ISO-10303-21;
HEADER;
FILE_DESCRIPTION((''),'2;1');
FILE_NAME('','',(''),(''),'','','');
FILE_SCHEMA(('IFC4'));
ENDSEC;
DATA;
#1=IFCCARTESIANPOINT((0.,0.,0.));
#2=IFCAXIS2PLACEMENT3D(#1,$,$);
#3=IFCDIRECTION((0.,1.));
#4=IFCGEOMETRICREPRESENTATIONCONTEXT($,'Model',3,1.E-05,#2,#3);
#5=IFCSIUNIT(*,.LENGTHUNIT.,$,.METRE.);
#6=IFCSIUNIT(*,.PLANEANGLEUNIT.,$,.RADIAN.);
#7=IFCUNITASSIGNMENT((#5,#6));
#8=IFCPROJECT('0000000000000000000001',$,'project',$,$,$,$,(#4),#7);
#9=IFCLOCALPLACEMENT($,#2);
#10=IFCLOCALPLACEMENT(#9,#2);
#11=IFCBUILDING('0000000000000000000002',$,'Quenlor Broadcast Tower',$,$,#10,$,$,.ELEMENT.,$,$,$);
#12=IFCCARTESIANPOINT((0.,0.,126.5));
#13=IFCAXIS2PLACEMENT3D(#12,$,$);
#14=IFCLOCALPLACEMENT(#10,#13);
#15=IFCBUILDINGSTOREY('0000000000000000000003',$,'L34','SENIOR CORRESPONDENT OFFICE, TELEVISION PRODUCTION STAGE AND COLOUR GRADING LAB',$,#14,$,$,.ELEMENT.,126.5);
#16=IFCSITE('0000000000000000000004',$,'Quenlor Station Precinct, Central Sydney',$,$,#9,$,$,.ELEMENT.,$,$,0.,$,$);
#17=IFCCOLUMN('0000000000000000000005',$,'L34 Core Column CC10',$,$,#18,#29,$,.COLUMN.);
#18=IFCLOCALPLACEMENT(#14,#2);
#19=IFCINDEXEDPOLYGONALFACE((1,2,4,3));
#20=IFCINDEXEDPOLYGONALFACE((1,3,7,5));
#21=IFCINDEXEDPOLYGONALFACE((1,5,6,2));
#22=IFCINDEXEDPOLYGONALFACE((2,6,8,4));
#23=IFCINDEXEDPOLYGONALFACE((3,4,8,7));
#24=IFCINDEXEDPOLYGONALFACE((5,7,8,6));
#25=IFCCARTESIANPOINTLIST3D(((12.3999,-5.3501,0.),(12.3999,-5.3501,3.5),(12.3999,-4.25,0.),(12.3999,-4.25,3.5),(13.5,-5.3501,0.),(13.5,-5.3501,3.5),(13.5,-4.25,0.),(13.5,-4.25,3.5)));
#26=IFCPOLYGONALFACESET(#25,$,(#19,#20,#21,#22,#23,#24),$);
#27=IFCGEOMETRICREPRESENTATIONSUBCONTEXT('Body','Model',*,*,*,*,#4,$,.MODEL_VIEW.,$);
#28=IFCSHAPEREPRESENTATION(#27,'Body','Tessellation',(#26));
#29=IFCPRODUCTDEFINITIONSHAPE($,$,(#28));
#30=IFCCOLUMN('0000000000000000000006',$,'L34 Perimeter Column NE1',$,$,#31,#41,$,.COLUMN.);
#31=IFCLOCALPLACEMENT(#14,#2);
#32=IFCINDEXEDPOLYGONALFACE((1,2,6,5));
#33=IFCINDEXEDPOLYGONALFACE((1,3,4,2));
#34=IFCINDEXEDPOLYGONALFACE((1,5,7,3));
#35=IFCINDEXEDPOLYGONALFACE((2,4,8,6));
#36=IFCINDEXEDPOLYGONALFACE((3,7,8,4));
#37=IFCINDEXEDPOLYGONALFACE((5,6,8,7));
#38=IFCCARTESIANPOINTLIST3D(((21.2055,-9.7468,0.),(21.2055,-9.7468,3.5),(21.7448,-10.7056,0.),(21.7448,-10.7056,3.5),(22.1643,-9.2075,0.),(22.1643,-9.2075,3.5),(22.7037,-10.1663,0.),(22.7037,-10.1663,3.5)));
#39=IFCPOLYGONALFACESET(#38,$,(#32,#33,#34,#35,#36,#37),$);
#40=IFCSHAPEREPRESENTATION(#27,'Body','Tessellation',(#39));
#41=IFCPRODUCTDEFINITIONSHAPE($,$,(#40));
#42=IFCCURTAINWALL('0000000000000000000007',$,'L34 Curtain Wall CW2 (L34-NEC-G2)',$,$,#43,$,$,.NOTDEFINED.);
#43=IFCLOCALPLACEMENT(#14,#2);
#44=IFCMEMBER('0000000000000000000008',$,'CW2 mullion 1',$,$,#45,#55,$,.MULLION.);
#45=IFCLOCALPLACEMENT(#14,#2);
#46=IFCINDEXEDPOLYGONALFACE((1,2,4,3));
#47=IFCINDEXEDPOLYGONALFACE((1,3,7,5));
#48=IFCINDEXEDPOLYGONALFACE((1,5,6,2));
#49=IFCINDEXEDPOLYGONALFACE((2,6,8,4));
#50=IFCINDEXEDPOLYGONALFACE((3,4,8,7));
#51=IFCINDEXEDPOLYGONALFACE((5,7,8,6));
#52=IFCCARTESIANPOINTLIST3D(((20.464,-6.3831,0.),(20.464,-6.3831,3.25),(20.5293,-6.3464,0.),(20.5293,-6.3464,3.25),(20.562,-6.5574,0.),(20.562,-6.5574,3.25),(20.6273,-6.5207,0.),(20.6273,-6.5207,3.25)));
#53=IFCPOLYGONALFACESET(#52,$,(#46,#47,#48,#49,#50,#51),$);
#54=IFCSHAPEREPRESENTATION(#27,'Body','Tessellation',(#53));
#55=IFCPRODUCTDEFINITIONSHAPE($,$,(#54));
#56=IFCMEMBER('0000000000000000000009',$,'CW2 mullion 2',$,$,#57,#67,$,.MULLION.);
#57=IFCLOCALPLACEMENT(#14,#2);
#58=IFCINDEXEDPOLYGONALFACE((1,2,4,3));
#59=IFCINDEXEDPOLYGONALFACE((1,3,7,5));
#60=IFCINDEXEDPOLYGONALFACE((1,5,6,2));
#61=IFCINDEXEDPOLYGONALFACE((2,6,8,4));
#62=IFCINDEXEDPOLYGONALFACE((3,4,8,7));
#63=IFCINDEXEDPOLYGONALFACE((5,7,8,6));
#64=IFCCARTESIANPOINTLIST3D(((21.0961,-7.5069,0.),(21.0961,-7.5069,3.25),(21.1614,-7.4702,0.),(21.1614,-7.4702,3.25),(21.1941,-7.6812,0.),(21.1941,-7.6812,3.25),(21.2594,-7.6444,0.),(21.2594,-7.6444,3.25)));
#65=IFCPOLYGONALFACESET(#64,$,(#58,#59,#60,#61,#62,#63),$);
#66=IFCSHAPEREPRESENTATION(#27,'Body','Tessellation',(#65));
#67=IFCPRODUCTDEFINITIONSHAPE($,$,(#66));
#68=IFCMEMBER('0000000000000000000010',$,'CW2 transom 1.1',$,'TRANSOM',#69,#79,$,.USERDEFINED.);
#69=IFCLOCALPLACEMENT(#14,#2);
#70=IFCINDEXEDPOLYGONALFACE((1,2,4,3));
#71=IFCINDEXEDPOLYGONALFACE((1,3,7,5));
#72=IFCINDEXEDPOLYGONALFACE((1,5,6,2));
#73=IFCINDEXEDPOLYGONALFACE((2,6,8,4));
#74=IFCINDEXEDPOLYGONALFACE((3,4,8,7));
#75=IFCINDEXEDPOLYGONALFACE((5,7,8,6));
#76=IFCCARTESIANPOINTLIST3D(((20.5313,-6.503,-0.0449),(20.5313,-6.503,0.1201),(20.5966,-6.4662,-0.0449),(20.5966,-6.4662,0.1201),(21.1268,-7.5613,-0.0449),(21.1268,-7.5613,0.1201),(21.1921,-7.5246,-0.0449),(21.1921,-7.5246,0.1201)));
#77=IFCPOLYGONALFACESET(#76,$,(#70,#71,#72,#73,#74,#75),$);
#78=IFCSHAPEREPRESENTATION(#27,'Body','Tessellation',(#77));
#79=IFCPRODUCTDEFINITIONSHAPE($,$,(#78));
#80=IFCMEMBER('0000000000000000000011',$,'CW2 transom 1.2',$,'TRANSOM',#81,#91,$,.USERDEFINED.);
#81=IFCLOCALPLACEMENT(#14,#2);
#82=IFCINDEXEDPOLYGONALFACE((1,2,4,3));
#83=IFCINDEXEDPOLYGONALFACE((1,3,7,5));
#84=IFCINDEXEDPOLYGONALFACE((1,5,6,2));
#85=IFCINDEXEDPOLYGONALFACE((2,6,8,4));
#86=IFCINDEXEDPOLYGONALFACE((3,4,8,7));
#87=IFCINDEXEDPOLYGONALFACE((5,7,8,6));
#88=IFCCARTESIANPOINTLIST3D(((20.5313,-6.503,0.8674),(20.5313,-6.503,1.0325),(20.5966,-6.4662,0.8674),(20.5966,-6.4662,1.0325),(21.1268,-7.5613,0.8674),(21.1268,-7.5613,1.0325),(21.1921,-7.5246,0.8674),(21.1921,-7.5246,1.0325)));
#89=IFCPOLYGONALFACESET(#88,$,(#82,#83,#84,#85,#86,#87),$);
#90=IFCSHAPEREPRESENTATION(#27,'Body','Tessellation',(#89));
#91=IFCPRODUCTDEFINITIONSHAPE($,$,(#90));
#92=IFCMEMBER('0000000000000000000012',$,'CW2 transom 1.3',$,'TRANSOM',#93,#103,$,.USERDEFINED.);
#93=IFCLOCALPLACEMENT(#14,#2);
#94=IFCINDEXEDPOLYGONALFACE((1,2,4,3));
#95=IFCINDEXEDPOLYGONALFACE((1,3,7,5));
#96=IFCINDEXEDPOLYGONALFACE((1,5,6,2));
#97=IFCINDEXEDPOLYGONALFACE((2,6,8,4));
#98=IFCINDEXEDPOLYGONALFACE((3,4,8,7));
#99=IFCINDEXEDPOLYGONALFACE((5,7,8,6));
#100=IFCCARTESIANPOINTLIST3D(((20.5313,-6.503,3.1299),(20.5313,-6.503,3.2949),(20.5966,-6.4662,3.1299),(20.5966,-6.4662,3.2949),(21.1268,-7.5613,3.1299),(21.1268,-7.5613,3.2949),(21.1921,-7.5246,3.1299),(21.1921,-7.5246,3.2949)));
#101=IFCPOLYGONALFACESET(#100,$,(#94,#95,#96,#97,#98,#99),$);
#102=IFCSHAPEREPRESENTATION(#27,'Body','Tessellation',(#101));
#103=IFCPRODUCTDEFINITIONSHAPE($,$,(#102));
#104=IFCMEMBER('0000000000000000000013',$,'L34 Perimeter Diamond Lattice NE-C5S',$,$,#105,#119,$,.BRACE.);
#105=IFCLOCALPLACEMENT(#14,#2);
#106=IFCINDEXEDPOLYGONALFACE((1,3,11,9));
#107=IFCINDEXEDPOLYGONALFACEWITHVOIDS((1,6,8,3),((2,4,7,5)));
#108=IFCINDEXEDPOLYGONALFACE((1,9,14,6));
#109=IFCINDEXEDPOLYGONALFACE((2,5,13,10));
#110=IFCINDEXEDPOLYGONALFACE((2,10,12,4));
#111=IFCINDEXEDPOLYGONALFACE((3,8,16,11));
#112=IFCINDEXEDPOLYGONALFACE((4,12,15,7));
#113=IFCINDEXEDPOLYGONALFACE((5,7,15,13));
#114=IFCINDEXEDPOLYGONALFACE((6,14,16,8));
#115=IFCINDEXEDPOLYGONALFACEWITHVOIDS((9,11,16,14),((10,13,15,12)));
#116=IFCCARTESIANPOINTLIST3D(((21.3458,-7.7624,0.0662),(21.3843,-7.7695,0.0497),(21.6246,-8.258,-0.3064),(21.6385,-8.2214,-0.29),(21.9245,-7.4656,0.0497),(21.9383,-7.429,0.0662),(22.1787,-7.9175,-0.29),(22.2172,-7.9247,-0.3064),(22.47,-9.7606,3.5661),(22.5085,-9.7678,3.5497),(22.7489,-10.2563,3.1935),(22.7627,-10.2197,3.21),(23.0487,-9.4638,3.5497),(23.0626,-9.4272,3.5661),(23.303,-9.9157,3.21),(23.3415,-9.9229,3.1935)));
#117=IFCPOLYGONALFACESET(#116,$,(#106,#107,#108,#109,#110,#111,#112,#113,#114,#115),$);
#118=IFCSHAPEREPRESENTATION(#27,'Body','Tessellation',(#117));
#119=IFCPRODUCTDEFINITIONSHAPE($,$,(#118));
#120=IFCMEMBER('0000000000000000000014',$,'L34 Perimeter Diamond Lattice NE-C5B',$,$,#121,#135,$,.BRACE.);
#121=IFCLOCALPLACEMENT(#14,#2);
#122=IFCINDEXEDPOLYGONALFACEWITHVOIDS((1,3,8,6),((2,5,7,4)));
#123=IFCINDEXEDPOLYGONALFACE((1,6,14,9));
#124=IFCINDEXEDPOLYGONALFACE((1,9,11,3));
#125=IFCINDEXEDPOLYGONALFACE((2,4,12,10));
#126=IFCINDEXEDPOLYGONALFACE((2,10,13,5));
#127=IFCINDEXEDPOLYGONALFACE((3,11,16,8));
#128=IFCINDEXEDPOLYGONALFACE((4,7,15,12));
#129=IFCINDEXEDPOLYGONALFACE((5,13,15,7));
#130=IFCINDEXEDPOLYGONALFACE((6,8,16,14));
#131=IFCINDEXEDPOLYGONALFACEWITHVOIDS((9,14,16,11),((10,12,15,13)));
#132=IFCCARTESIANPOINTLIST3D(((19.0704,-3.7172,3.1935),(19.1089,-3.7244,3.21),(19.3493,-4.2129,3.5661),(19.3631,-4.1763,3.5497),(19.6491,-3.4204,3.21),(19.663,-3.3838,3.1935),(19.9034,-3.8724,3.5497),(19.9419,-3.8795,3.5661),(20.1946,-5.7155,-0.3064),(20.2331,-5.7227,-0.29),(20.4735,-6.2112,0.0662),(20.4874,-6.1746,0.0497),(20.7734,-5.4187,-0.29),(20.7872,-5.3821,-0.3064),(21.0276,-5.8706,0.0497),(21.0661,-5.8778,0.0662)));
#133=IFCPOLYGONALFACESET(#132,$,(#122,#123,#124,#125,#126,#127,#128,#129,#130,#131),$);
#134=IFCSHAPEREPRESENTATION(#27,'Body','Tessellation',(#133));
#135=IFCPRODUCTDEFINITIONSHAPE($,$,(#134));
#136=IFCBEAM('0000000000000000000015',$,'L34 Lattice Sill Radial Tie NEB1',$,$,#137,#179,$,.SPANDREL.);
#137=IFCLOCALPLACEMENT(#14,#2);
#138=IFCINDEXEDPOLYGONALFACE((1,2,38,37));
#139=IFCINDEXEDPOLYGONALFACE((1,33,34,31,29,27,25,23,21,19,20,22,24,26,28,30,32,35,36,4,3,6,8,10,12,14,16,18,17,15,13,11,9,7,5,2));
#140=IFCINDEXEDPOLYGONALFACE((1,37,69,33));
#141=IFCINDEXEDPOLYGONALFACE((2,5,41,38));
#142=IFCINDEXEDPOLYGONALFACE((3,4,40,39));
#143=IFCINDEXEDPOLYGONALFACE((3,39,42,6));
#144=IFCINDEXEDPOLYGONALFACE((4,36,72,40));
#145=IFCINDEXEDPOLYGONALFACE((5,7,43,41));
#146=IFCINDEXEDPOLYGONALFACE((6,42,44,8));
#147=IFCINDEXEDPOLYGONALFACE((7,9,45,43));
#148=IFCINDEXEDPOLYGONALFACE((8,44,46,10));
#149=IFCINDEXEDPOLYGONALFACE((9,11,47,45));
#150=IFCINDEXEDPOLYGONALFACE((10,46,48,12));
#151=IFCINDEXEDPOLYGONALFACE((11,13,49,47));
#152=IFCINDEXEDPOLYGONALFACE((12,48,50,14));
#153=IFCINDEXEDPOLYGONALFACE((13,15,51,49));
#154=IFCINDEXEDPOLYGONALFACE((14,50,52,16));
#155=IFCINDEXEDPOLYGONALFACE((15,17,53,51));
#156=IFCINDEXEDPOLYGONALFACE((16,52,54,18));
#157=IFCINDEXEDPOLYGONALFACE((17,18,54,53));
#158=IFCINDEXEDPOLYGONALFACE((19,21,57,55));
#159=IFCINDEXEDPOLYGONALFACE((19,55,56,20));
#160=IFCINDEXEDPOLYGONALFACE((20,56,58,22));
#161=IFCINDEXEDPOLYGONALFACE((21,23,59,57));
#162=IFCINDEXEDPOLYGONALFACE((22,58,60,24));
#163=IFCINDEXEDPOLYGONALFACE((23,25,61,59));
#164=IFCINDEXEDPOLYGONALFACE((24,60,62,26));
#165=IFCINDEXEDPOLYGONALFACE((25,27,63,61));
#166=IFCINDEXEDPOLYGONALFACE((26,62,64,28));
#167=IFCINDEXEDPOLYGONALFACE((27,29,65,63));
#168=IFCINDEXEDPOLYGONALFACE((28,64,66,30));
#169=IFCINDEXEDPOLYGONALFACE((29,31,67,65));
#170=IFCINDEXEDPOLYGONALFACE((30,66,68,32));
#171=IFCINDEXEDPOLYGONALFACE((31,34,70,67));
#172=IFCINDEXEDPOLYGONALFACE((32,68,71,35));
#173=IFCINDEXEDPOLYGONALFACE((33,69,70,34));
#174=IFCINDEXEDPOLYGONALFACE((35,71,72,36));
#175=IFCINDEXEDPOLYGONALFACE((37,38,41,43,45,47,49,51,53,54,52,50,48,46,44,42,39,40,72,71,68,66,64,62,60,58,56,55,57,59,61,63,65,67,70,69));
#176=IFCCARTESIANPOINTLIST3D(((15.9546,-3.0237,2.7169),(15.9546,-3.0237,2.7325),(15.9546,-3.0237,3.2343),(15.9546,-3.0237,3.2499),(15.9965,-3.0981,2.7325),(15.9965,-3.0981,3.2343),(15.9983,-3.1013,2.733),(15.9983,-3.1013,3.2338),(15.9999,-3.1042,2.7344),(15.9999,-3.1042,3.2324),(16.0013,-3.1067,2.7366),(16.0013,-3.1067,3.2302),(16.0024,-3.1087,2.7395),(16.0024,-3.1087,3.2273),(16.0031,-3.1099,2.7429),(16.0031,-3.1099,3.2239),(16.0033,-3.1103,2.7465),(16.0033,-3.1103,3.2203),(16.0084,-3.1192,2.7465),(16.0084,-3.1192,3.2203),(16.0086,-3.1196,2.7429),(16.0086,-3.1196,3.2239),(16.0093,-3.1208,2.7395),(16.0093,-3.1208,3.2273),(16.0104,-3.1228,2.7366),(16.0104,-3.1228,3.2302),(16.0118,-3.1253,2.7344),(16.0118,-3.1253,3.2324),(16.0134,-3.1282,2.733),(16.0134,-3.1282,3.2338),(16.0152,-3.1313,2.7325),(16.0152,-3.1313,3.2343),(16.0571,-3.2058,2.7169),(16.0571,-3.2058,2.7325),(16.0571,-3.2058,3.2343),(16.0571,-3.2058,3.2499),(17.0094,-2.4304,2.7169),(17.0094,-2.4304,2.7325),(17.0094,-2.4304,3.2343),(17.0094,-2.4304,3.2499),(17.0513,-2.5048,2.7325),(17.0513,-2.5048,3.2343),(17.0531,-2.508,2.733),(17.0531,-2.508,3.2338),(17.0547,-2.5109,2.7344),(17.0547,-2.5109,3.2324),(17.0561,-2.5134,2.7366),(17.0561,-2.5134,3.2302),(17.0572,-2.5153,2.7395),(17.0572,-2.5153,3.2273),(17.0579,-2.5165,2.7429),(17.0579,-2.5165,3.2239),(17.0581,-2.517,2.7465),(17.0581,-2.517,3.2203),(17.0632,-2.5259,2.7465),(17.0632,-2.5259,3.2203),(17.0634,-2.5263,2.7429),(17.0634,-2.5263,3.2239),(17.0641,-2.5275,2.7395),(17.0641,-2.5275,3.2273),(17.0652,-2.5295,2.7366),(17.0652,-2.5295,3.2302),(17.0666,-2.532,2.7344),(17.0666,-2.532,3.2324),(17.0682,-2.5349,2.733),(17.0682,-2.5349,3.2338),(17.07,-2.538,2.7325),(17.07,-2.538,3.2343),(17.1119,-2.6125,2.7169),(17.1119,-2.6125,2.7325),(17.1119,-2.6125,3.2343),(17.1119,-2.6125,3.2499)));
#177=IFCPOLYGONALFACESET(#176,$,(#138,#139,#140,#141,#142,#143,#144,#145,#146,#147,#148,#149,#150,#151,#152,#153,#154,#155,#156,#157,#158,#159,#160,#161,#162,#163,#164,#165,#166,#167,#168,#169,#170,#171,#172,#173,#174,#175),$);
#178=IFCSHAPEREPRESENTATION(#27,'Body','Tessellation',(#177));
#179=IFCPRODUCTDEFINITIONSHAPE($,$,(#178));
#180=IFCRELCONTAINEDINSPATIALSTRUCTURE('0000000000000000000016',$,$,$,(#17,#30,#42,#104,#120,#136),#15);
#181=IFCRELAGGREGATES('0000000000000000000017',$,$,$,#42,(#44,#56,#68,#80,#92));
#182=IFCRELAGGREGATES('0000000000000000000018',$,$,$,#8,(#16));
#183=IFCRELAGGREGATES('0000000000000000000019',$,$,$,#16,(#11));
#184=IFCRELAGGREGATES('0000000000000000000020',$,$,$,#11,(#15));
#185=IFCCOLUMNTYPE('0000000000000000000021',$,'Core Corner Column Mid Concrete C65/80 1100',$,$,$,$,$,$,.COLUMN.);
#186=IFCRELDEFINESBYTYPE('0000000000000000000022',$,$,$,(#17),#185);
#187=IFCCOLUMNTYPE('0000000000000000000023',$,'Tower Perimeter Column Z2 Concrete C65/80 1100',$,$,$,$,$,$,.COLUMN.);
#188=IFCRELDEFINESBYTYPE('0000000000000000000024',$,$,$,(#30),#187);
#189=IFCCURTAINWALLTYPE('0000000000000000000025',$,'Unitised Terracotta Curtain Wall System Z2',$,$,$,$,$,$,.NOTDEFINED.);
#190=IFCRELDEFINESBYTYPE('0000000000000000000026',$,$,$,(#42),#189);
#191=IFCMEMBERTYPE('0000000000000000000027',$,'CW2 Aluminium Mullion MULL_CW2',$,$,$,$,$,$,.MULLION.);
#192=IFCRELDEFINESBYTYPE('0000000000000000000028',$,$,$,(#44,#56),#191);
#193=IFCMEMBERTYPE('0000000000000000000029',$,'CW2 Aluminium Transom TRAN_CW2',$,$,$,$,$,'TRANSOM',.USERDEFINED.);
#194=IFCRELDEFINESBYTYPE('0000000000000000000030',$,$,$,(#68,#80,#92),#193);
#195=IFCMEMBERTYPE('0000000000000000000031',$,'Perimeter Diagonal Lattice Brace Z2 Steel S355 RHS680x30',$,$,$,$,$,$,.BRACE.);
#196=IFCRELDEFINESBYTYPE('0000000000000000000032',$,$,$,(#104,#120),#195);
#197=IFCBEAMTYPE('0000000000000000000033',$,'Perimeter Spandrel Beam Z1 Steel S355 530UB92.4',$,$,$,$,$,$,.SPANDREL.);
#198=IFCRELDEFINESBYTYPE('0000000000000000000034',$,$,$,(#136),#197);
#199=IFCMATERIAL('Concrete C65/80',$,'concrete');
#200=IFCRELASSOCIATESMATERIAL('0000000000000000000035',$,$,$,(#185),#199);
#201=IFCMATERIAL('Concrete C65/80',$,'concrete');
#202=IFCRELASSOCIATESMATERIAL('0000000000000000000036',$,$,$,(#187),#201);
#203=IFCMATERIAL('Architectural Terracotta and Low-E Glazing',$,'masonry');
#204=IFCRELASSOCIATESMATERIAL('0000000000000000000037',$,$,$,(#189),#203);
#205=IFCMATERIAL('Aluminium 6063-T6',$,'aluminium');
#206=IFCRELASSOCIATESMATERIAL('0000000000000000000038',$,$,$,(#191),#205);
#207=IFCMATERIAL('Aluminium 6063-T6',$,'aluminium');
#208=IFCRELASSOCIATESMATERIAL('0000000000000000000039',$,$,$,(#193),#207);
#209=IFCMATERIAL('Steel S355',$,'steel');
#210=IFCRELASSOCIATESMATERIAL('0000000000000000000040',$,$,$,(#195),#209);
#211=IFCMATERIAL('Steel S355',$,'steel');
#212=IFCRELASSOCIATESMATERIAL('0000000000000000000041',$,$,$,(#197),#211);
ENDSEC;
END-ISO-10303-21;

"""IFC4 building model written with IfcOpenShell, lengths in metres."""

from ifc_helpers import new_model, si_unit, direction, frame, origin, origin_2d, place, context, subcontext, project, spatial, rectangle, hollow_rectangle, i_section, extrude, material, material_profile, profile_set, type_object, element, aggregate, save


model = new_model("IFC4")

# Units and contexts
model_context = context("Model", 3, precision=1e-05, world=origin(), true_north=direction((0.0, 1.0)))
body_context = subcontext(model_context, "Body", "Model", "MODEL_VIEW")
ifc_project = project(units=[si_unit("LENGTHUNIT", "METRE"), si_unit("PLANEANGLEUNIT", "RADIAN")], contexts=[model_context])

# Site, building, storey
site_placement = place(None, origin())
site = spatial("IfcSite", under=ifc_project, at=site_placement, Name="Quenlor Station Precinct, Central Sydney", CompositionType="ELEMENT", RefElevation=0.0)
building_placement = place(site_placement, origin())
building = spatial("IfcBuilding", under=site, at=building_placement, Name="Quenlor Broadcast Tower", CompositionType="ELEMENT")
storey_placement = place(building_placement, frame((0.0, 0.0, 126.5)))
storey = spatial("IfcBuildingStorey", under=building, at=storey_placement, Name="L34", Description="SENIOR CORRESPONDENT OFFICE, TELEVISION PRODUCTION STAGE AND COLOUR GRADING LAB", CompositionType="ELEMENT", Elevation=126.5)

# Columns
ifc_material_1 = material(Name="Concrete C65/80", Category="concrete")
ifc_material_profile_1 = material_profile(ifc_material_1, rectangle(XDim=1.1001, YDim=1.1001, at=origin_2d()))
ifc_profile_set_1 = profile_set([ifc_material_profile_1], Name="Concrete C65/80 RC1100x1100")
column_type_1 = type_object("IfcColumnType", Name="Core Corner Column Mid Concrete C65/80 1100", PredefinedType="COLUMN", material=ifc_profile_set_1)
column_1_placement = place(storey_placement, frame((12.95, -4.8, 0.0), z_axis=(0.0, 0.0, 1.0), x_axis=(1.0, 0.0, 0.0)))
element("IfcColumn", 1, at=column_1_placement, inside=storey, type_object=column_type_1, Name="L34 Core Column CC10", PredefinedType="COLUMN", context=body_context, shape_type="SweptSolid", body=[
    extrude(rectangle(XDim=1.1001, YDim=1.1001, at=origin_2d()), origin(), (0.0, 0.0, 1.0), 3.5),
])
ifc_material_2 = material(Name="Concrete C65/80", Category="concrete")
ifc_material_profile_2 = material_profile(ifc_material_2, rectangle(XDim=1.1001, YDim=1.1001, at=origin_2d()))
ifc_profile_set_2 = profile_set([ifc_material_profile_2], Name="Concrete C65/80 RC1100x1100")
column_type_2 = type_object("IfcColumnType", Name="Tower Perimeter Column Z2 Concrete C65/80 1100", PredefinedType="COLUMN", material=ifc_profile_set_2)
column_2_placement = place(storey_placement, frame((21.9546, -9.9565, 0.0), z_axis=(0.0, 0.0, 1.0), x_axis=(0.871575, 0.490262, 0.0)))
element("IfcColumn", 2, at=column_2_placement, inside=storey, type_object=column_type_2, Name="L34 Perimeter Column NE1", PredefinedType="COLUMN", context=body_context, shape_type="SweptSolid", body=[
    extrude(rectangle(XDim=1.1001, YDim=1.1001, at=origin_2d()), origin(), (0.0, 0.0, 1.0), 3.5),
])

# Curtain wall, members
ifc_material_3 = material(Name="Architectural Terracotta and Low-E Glazing", Category="masonry")
curtain_wall_type = type_object("IfcCurtainWallType", Name="Unitised Terracotta Curtain Wall System Z2", PredefinedType="NOTDEFINED", material=ifc_material_3)
curtain_wall_placement = place(storey_placement, origin())
curtain_wall = element("IfcCurtainWall", 3, at=curtain_wall_placement, inside=storey, type_object=curtain_wall_type, Name="L34 Curtain Wall CW2 (L34-NEC-G2)", PredefinedType="NOTDEFINED")
ifc_material_4 = material(Name="Aluminium 6063-T6", Category="aluminium")
ifc_material_profile_3 = material_profile(ifc_material_4, rectangle(XDim=0.075, YDim=0.2, at=origin_2d()))
ifc_profile_set_3 = profile_set([ifc_material_profile_3], Name="Aluminium 6063-T6 MULL75x200")
member_type_1 = type_object("IfcMemberType", Name="CW2 Aluminium Mullion MULL_CW2", PredefinedType="MULLION", material=ifc_profile_set_3)
member_1_placement = place(storey_placement, frame((20.5457, -6.4519, 0.0), z_axis=(0.0, 0.0, 1.0), x_axis=(0.871566, 0.490279, 0.0)))
member_1 = element("IfcMember", 4, at=member_1_placement, type_object=member_type_1, Name="CW2 mullion 1", PredefinedType="MULLION", context=body_context, shape_type="SweptSolid", body=[
    extrude(rectangle(XDim=0.075, YDim=0.2, at=origin_2d()), origin(), (0.0, 0.0, 1.0), 3.25),
])
member_2_placement = place(storey_placement, frame((21.1777, -7.5757, 0.0), z_axis=(0.0, 0.0, 1.0), x_axis=(0.871566, 0.490279, 0.0)))
member_2 = element("IfcMember", 5, at=member_2_placement, type_object=member_type_1, Name="CW2 mullion 2", PredefinedType="MULLION", context=body_context, shape_type="SweptSolid", body=[
    extrude(rectangle(XDim=0.075, YDim=0.2, at=origin_2d()), origin(), (0.0, 0.0, 1.0), 3.25),
])
ifc_material_5 = material(Name="Aluminium 6063-T6", Category="aluminium")
ifc_material_profile_4 = material_profile(ifc_material_5, rectangle(XDim=0.075, YDim=0.165, at=origin_2d()))
ifc_profile_set_4 = profile_set([ifc_material_profile_4], Name="Aluminium 6063-T6 TRAN75x165")
member_type_2 = type_object("IfcMemberType", Name="CW2 Aluminium Transom TRAN_CW2", ElementType="TRANSOM", PredefinedType="USERDEFINED", material=ifc_profile_set_4)
member_3_placement = place(storey_placement, frame((20.564, -6.4846, 0.0376), z_axis=(0.490347, -0.871527, 0.0), x_axis=(0.871527, 0.490347, 0.0)))
member_3 = element("IfcMember", 6, at=member_3_placement, type_object=member_type_2, Name="CW2 transom 1.1", ObjectType="TRANSOM", PredefinedType="USERDEFINED", context=body_context, shape_type="SweptSolid", body=[
    extrude(rectangle(XDim=0.075, YDim=0.165, at=origin_2d()), origin(), (0.0, 0.0, 1.0), 1.2144),
])
member_4_placement = place(storey_placement, frame((20.564, -6.4846, 0.95), z_axis=(0.490347, -0.871527, 0.0), x_axis=(0.871527, 0.490347, 0.0)))
member_4 = element("IfcMember", 7, at=member_4_placement, type_object=member_type_2, Name="CW2 transom 1.2", ObjectType="TRANSOM", PredefinedType="USERDEFINED", context=body_context, shape_type="SweptSolid", body=[
    extrude(rectangle(XDim=0.075, YDim=0.165, at=origin_2d()), origin(), (0.0, 0.0, 1.0), 1.2144),
])
member_5_placement = place(storey_placement, frame((20.564, -6.4846, 3.2124), z_axis=(0.490347, -0.871527, 0.0), x_axis=(0.871527, 0.490347, 0.0)))
member_5 = element("IfcMember", 8, at=member_5_placement, type_object=member_type_2, Name="CW2 transom 1.3", ObjectType="TRANSOM", PredefinedType="USERDEFINED", context=body_context, shape_type="SweptSolid", body=[
    extrude(rectangle(XDim=0.075, YDim=0.165, at=origin_2d()), origin(), (0.0, 0.0, 1.0), 1.2144),
])

# Members
ifc_material_6 = material(Name="Steel S355", Category="steel")
ifc_material_profile_5 = material_profile(ifc_material_6, hollow_rectangle(XDim=0.6799, YDim=0.6799, WallThickness=0.03, at=origin_2d()))
ifc_profile_set_5 = profile_set([ifc_material_profile_5], Name="Steel S355 RHS680x680x30")
member_type_3 = type_object("IfcMemberType", Name="Perimeter Diagonal Lattice Brace Z2 Steel S355 RHS680x30", PredefinedType="BRACE", material=ifc_profile_set_5)
for number, where, z_axis, x_axis, name in (
    (9, (21.7815, -7.8435, -0.1201), (0.268697, -0.477585, 0.836489), (0.871533, 0.490337, 0.0), "L34 Perimeter Diamond Lattice NE-C5S"),
    (10, (20.6304, -5.7966, -0.1201), (-0.268697, 0.477585, 0.836489), (-0.871533, -0.490337, 0.0), "L34 Perimeter Diamond Lattice NE-C5B"),
):
    element("IfcMember", number, at=place(storey_placement, frame(where, z_axis=z_axis, x_axis=x_axis)), inside=storey, type_object=member_type_3, Name=name, PredefinedType="BRACE", context=body_context, shape_type="SweptSolid", body=[
        extrude(hollow_rectangle(XDim=0.6799, YDim=0.6799, WallThickness=0.03, at=origin_2d()), origin(), (0.0, 0.0, 1.0), 4.1841),
    ])

# Beam
ifc_material_7 = material(Name="Steel S355", Category="steel")
ifc_material_profile_6 = material_profile(ifc_material_7, i_section(OverallWidth=0.209, OverallDepth=0.533, WebThickness=0.0103, FlangeThickness=0.0156, FilletRadius=0.0139, at=origin_2d()))
ifc_profile_set_6 = profile_set([ifc_material_profile_6], Name="Steel S355 530UB92.4")
beam_type_1 = type_object("IfcBeamType", Name="Perimeter Spandrel Beam Z1 Steel S355 530UB92.4", PredefinedType="SPANDREL", material=ifc_profile_set_6)
beam_1_placement = place(storey_placement, frame((16.0059, -3.1147, 2.9834), z_axis=(0.871576, 0.490261, 0.0), x_axis=(-0.490261, 0.871576, 0.0)))
element("IfcBeam", 11, at=beam_1_placement, inside=storey, type_object=beam_type_1, Name="L34 Lattice Sill Radial Tie NEB1", PredefinedType="SPANDREL", context=body_context, shape_type="SweptSolid", body=[
    extrude(i_section(OverallWidth=0.209, OverallDepth=0.533, WebThickness=0.0103, FlangeThickness=0.0156, FilletRadius=0.0139, at=origin_2d()), origin(), (0.0, 0.0, 1.0), 1.2102),
])

aggregate(curtain_wall, [member_1, member_2, member_3, member_4, member_5])

save(model, "model.ifc")
